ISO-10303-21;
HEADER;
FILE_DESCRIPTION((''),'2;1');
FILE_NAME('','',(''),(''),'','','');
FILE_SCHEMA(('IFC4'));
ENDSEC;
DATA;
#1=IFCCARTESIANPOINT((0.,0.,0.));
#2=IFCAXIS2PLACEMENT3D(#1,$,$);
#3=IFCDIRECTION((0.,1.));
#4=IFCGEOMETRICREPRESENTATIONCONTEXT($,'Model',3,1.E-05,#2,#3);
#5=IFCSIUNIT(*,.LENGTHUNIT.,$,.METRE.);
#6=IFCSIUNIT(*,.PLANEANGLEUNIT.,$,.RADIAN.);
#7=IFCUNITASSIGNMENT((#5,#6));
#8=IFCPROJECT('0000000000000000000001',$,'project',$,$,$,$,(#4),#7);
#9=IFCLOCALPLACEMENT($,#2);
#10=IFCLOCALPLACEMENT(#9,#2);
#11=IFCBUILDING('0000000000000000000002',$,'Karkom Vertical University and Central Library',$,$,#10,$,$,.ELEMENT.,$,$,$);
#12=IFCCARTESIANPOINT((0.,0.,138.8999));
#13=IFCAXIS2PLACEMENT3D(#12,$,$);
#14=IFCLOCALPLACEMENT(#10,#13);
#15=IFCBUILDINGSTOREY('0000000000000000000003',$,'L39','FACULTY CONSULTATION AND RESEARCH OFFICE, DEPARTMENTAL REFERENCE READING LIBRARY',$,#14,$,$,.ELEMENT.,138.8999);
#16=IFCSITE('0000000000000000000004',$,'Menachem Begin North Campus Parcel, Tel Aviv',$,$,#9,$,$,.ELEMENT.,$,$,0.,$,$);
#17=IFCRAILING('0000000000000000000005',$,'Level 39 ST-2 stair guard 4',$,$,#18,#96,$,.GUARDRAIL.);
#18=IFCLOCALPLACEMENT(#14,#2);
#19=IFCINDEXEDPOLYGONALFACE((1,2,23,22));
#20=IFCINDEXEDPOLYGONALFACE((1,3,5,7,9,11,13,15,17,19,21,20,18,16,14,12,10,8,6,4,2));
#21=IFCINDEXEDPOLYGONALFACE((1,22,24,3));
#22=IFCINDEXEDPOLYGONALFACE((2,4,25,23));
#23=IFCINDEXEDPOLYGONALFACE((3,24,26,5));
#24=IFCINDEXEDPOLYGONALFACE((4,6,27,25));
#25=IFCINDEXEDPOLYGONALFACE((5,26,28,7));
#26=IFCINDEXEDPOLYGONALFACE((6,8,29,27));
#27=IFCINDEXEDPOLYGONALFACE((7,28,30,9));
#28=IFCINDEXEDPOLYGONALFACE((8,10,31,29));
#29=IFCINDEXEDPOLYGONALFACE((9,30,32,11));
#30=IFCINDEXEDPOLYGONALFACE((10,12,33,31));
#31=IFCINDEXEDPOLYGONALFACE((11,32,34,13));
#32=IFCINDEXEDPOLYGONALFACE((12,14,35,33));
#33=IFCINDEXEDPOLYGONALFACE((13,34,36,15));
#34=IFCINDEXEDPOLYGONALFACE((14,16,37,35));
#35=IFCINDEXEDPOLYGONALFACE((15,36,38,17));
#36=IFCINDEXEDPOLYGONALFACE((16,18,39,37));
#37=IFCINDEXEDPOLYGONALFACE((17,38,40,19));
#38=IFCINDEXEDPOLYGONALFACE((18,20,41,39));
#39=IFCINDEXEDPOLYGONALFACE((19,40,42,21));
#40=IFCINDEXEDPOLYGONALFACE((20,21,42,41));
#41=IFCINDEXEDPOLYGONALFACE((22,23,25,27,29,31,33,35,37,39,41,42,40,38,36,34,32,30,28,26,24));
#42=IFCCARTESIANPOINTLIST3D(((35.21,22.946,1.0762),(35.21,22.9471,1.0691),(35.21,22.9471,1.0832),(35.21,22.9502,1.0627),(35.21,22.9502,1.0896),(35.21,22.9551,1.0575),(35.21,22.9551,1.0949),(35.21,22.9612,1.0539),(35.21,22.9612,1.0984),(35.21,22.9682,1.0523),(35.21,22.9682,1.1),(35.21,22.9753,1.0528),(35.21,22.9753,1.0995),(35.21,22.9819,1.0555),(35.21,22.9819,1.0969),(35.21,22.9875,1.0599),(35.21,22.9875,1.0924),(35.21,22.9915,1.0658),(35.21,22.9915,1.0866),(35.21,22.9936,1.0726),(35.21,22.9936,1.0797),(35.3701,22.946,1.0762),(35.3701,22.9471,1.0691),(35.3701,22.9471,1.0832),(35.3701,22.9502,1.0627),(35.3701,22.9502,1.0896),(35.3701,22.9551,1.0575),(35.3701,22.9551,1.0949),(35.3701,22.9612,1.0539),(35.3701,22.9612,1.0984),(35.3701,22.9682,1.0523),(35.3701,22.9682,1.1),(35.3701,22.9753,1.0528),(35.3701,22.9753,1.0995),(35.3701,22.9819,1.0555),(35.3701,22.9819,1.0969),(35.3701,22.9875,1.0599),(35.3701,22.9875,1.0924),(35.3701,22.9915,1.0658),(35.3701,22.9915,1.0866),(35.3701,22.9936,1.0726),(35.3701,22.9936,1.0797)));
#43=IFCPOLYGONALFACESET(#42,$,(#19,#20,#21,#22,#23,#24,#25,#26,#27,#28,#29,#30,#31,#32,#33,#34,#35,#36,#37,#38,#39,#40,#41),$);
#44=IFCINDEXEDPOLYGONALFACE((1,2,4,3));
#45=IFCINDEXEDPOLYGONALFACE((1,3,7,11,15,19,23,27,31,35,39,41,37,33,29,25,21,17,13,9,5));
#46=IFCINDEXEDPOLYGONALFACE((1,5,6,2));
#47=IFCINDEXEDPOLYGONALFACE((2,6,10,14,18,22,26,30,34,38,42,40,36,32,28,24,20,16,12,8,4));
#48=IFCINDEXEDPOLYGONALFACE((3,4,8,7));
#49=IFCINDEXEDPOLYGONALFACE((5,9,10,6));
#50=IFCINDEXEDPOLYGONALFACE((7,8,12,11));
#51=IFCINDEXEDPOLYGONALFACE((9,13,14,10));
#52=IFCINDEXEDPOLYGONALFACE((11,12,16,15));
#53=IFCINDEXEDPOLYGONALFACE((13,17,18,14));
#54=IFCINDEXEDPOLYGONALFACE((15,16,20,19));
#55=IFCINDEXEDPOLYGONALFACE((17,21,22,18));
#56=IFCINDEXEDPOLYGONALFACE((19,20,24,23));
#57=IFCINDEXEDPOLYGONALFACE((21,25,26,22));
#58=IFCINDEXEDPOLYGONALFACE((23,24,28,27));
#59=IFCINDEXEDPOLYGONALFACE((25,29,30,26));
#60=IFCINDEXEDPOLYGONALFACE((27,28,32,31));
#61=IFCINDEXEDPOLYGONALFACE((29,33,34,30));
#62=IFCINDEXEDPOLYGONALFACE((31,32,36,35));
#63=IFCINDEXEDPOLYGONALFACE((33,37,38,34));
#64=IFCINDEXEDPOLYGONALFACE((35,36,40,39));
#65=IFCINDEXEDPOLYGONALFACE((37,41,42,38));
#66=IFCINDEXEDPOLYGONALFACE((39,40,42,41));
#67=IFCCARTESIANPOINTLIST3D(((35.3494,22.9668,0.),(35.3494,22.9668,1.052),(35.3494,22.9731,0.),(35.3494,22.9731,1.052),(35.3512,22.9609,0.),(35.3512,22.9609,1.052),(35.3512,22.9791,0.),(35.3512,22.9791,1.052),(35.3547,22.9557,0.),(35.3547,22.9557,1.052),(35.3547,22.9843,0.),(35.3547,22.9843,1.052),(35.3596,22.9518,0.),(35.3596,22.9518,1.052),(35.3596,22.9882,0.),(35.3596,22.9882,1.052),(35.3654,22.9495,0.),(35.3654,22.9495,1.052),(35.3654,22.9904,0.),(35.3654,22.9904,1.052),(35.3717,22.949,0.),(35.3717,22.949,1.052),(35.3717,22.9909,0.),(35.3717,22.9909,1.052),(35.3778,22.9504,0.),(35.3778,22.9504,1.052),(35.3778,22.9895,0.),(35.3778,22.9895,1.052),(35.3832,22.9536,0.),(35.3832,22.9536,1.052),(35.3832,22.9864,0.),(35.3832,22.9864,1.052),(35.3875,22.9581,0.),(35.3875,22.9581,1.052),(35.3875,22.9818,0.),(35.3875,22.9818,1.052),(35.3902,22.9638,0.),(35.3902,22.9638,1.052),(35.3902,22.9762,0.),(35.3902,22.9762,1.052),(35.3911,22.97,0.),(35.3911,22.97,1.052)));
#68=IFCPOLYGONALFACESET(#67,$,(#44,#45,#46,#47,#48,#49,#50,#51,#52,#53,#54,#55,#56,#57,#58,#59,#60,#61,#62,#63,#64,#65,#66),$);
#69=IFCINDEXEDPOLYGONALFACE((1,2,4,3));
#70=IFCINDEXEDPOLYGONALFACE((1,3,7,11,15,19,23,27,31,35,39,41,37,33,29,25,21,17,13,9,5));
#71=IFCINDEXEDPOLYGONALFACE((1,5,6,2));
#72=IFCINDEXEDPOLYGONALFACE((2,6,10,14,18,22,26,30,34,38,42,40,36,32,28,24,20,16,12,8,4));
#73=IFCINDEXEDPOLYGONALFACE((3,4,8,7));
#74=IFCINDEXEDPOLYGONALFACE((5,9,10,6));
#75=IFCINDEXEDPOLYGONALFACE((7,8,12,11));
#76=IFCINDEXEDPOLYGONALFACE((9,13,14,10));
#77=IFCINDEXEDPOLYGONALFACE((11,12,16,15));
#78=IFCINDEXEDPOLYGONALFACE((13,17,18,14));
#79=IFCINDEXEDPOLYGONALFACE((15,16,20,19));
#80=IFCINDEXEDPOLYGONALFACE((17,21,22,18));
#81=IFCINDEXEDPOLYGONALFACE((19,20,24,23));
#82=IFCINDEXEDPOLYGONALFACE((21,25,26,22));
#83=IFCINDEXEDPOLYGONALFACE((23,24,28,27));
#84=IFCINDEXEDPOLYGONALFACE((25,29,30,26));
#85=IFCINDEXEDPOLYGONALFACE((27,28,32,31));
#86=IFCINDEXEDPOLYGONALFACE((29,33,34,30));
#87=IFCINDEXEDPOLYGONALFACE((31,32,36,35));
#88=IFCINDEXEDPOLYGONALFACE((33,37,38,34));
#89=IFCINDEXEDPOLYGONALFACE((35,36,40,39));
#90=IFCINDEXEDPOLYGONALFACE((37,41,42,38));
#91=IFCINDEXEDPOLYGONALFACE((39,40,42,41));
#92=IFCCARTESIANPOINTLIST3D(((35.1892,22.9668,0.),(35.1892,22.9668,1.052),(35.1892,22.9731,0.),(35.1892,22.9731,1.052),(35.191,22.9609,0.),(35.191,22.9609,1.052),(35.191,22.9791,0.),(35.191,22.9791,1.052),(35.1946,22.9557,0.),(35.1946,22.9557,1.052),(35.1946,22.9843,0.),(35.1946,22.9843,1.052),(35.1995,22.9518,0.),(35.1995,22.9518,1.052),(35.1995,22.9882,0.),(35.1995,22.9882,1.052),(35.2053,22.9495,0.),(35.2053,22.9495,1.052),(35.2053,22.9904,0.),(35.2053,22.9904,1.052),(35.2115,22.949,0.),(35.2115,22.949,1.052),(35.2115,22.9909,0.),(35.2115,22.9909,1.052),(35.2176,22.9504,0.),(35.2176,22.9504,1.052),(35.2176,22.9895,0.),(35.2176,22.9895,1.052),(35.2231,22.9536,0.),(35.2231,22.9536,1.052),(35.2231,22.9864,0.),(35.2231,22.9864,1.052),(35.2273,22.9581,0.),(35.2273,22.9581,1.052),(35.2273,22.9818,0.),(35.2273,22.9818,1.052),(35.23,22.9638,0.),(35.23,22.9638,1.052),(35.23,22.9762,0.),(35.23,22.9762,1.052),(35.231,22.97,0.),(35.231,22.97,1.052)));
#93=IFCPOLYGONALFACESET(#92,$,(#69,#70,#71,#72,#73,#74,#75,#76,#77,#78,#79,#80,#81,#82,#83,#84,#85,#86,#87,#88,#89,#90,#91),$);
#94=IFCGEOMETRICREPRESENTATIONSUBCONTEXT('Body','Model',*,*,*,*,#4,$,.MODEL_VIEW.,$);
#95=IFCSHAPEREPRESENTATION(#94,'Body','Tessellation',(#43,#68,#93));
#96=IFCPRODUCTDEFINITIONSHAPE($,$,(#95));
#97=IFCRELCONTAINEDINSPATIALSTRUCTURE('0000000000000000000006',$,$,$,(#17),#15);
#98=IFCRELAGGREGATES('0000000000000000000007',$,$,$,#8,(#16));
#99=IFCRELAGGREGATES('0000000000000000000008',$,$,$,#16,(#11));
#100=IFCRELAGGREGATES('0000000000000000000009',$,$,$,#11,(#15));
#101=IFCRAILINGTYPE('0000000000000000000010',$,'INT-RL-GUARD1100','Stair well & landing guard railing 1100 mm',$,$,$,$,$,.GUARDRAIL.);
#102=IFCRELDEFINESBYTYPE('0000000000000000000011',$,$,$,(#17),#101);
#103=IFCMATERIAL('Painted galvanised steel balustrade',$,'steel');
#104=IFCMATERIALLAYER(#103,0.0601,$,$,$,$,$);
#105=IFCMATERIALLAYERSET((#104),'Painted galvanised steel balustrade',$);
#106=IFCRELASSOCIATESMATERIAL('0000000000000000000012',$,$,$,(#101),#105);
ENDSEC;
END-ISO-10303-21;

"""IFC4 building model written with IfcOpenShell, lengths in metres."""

from ifc_helpers import new_model, si_unit, direction, frame, origin, origin_2d, place, context, subcontext, project, spatial, circle, extrude, material, layer, layer_set, type_object, element, save


model = new_model("IFC4")

# Units and contexts
model_context = context("Model", 3, precision=1e-05, world=origin(), true_north=direction((0.0, 1.0)))
body_context = subcontext(model_context, "Body", "Model", "MODEL_VIEW")
ifc_project = project(units=[si_unit("LENGTHUNIT", "METRE"), si_unit("PLANEANGLEUNIT", "RADIAN")], contexts=[model_context])

# Site, building, storey
site_placement = place(None, origin())
site = spatial("IfcSite", under=ifc_project, at=site_placement, Name="Menachem Begin North Campus Parcel, Tel Aviv", CompositionType="ELEMENT", RefElevation=0.0)
building_placement = place(site_placement, origin())
building = spatial("IfcBuilding", under=site, at=building_placement, Name="Karkom Vertical University and Central Library", CompositionType="ELEMENT")
storey_placement = place(building_placement, frame((0.0, 0.0, 138.8999)))
storey = spatial("IfcBuildingStorey", under=building, at=storey_placement, Name="L39", Description="FACULTY CONSULTATION AND RESEARCH OFFICE, DEPARTMENTAL REFERENCE READING LIBRARY", CompositionType="ELEMENT", Elevation=138.8999)

# Railing
ifc_material_1 = material(Name="Painted galvanised steel balustrade", Category="steel")
ifc_layer_1 = layer(ifc_material_1, 0.0601)
ifc_layer_set_1 = layer_set([ifc_layer_1], Name="Painted galvanised steel balustrade")
railing_type_1 = type_object("IfcRailingType", Name="INT-RL-GUARD1100", Description="Stair well & landing guard railing 1100 mm", PredefinedType="GUARDRAIL", material=ifc_layer_set_1)
railing_1_placement = place(storey_placement, frame((35.3701, 22.97, 0.0)))
element("IfcRailing", 1, at=railing_1_placement, inside=storey, type_object=railing_type_1, Name="Level 39 ST-2 stair guard 4", PredefinedType="GUARDRAIL", context=body_context, shape_type="SweptSolid", body=[
    extrude(circle(Radius=0.0239, at=origin_2d()), frame((0.0, 0.0, 1.0762), z_axis=(-1.0, 0.0, 0.0), x_axis=(0.0, -1.0, 0.0)), (0.0, 0.0, 1.0), 0.1602),
    extrude(circle(Radius=0.021, at=origin_2d()), origin(), (0.0, 0.0, 1.0), 1.052),
    extrude(circle(Radius=0.021, at=origin_2d()), frame((-0.1602, 0.0, 0.0)), (0.0, 0.0, 1.0), 1.052),
])

save(model, "model.ifc")
